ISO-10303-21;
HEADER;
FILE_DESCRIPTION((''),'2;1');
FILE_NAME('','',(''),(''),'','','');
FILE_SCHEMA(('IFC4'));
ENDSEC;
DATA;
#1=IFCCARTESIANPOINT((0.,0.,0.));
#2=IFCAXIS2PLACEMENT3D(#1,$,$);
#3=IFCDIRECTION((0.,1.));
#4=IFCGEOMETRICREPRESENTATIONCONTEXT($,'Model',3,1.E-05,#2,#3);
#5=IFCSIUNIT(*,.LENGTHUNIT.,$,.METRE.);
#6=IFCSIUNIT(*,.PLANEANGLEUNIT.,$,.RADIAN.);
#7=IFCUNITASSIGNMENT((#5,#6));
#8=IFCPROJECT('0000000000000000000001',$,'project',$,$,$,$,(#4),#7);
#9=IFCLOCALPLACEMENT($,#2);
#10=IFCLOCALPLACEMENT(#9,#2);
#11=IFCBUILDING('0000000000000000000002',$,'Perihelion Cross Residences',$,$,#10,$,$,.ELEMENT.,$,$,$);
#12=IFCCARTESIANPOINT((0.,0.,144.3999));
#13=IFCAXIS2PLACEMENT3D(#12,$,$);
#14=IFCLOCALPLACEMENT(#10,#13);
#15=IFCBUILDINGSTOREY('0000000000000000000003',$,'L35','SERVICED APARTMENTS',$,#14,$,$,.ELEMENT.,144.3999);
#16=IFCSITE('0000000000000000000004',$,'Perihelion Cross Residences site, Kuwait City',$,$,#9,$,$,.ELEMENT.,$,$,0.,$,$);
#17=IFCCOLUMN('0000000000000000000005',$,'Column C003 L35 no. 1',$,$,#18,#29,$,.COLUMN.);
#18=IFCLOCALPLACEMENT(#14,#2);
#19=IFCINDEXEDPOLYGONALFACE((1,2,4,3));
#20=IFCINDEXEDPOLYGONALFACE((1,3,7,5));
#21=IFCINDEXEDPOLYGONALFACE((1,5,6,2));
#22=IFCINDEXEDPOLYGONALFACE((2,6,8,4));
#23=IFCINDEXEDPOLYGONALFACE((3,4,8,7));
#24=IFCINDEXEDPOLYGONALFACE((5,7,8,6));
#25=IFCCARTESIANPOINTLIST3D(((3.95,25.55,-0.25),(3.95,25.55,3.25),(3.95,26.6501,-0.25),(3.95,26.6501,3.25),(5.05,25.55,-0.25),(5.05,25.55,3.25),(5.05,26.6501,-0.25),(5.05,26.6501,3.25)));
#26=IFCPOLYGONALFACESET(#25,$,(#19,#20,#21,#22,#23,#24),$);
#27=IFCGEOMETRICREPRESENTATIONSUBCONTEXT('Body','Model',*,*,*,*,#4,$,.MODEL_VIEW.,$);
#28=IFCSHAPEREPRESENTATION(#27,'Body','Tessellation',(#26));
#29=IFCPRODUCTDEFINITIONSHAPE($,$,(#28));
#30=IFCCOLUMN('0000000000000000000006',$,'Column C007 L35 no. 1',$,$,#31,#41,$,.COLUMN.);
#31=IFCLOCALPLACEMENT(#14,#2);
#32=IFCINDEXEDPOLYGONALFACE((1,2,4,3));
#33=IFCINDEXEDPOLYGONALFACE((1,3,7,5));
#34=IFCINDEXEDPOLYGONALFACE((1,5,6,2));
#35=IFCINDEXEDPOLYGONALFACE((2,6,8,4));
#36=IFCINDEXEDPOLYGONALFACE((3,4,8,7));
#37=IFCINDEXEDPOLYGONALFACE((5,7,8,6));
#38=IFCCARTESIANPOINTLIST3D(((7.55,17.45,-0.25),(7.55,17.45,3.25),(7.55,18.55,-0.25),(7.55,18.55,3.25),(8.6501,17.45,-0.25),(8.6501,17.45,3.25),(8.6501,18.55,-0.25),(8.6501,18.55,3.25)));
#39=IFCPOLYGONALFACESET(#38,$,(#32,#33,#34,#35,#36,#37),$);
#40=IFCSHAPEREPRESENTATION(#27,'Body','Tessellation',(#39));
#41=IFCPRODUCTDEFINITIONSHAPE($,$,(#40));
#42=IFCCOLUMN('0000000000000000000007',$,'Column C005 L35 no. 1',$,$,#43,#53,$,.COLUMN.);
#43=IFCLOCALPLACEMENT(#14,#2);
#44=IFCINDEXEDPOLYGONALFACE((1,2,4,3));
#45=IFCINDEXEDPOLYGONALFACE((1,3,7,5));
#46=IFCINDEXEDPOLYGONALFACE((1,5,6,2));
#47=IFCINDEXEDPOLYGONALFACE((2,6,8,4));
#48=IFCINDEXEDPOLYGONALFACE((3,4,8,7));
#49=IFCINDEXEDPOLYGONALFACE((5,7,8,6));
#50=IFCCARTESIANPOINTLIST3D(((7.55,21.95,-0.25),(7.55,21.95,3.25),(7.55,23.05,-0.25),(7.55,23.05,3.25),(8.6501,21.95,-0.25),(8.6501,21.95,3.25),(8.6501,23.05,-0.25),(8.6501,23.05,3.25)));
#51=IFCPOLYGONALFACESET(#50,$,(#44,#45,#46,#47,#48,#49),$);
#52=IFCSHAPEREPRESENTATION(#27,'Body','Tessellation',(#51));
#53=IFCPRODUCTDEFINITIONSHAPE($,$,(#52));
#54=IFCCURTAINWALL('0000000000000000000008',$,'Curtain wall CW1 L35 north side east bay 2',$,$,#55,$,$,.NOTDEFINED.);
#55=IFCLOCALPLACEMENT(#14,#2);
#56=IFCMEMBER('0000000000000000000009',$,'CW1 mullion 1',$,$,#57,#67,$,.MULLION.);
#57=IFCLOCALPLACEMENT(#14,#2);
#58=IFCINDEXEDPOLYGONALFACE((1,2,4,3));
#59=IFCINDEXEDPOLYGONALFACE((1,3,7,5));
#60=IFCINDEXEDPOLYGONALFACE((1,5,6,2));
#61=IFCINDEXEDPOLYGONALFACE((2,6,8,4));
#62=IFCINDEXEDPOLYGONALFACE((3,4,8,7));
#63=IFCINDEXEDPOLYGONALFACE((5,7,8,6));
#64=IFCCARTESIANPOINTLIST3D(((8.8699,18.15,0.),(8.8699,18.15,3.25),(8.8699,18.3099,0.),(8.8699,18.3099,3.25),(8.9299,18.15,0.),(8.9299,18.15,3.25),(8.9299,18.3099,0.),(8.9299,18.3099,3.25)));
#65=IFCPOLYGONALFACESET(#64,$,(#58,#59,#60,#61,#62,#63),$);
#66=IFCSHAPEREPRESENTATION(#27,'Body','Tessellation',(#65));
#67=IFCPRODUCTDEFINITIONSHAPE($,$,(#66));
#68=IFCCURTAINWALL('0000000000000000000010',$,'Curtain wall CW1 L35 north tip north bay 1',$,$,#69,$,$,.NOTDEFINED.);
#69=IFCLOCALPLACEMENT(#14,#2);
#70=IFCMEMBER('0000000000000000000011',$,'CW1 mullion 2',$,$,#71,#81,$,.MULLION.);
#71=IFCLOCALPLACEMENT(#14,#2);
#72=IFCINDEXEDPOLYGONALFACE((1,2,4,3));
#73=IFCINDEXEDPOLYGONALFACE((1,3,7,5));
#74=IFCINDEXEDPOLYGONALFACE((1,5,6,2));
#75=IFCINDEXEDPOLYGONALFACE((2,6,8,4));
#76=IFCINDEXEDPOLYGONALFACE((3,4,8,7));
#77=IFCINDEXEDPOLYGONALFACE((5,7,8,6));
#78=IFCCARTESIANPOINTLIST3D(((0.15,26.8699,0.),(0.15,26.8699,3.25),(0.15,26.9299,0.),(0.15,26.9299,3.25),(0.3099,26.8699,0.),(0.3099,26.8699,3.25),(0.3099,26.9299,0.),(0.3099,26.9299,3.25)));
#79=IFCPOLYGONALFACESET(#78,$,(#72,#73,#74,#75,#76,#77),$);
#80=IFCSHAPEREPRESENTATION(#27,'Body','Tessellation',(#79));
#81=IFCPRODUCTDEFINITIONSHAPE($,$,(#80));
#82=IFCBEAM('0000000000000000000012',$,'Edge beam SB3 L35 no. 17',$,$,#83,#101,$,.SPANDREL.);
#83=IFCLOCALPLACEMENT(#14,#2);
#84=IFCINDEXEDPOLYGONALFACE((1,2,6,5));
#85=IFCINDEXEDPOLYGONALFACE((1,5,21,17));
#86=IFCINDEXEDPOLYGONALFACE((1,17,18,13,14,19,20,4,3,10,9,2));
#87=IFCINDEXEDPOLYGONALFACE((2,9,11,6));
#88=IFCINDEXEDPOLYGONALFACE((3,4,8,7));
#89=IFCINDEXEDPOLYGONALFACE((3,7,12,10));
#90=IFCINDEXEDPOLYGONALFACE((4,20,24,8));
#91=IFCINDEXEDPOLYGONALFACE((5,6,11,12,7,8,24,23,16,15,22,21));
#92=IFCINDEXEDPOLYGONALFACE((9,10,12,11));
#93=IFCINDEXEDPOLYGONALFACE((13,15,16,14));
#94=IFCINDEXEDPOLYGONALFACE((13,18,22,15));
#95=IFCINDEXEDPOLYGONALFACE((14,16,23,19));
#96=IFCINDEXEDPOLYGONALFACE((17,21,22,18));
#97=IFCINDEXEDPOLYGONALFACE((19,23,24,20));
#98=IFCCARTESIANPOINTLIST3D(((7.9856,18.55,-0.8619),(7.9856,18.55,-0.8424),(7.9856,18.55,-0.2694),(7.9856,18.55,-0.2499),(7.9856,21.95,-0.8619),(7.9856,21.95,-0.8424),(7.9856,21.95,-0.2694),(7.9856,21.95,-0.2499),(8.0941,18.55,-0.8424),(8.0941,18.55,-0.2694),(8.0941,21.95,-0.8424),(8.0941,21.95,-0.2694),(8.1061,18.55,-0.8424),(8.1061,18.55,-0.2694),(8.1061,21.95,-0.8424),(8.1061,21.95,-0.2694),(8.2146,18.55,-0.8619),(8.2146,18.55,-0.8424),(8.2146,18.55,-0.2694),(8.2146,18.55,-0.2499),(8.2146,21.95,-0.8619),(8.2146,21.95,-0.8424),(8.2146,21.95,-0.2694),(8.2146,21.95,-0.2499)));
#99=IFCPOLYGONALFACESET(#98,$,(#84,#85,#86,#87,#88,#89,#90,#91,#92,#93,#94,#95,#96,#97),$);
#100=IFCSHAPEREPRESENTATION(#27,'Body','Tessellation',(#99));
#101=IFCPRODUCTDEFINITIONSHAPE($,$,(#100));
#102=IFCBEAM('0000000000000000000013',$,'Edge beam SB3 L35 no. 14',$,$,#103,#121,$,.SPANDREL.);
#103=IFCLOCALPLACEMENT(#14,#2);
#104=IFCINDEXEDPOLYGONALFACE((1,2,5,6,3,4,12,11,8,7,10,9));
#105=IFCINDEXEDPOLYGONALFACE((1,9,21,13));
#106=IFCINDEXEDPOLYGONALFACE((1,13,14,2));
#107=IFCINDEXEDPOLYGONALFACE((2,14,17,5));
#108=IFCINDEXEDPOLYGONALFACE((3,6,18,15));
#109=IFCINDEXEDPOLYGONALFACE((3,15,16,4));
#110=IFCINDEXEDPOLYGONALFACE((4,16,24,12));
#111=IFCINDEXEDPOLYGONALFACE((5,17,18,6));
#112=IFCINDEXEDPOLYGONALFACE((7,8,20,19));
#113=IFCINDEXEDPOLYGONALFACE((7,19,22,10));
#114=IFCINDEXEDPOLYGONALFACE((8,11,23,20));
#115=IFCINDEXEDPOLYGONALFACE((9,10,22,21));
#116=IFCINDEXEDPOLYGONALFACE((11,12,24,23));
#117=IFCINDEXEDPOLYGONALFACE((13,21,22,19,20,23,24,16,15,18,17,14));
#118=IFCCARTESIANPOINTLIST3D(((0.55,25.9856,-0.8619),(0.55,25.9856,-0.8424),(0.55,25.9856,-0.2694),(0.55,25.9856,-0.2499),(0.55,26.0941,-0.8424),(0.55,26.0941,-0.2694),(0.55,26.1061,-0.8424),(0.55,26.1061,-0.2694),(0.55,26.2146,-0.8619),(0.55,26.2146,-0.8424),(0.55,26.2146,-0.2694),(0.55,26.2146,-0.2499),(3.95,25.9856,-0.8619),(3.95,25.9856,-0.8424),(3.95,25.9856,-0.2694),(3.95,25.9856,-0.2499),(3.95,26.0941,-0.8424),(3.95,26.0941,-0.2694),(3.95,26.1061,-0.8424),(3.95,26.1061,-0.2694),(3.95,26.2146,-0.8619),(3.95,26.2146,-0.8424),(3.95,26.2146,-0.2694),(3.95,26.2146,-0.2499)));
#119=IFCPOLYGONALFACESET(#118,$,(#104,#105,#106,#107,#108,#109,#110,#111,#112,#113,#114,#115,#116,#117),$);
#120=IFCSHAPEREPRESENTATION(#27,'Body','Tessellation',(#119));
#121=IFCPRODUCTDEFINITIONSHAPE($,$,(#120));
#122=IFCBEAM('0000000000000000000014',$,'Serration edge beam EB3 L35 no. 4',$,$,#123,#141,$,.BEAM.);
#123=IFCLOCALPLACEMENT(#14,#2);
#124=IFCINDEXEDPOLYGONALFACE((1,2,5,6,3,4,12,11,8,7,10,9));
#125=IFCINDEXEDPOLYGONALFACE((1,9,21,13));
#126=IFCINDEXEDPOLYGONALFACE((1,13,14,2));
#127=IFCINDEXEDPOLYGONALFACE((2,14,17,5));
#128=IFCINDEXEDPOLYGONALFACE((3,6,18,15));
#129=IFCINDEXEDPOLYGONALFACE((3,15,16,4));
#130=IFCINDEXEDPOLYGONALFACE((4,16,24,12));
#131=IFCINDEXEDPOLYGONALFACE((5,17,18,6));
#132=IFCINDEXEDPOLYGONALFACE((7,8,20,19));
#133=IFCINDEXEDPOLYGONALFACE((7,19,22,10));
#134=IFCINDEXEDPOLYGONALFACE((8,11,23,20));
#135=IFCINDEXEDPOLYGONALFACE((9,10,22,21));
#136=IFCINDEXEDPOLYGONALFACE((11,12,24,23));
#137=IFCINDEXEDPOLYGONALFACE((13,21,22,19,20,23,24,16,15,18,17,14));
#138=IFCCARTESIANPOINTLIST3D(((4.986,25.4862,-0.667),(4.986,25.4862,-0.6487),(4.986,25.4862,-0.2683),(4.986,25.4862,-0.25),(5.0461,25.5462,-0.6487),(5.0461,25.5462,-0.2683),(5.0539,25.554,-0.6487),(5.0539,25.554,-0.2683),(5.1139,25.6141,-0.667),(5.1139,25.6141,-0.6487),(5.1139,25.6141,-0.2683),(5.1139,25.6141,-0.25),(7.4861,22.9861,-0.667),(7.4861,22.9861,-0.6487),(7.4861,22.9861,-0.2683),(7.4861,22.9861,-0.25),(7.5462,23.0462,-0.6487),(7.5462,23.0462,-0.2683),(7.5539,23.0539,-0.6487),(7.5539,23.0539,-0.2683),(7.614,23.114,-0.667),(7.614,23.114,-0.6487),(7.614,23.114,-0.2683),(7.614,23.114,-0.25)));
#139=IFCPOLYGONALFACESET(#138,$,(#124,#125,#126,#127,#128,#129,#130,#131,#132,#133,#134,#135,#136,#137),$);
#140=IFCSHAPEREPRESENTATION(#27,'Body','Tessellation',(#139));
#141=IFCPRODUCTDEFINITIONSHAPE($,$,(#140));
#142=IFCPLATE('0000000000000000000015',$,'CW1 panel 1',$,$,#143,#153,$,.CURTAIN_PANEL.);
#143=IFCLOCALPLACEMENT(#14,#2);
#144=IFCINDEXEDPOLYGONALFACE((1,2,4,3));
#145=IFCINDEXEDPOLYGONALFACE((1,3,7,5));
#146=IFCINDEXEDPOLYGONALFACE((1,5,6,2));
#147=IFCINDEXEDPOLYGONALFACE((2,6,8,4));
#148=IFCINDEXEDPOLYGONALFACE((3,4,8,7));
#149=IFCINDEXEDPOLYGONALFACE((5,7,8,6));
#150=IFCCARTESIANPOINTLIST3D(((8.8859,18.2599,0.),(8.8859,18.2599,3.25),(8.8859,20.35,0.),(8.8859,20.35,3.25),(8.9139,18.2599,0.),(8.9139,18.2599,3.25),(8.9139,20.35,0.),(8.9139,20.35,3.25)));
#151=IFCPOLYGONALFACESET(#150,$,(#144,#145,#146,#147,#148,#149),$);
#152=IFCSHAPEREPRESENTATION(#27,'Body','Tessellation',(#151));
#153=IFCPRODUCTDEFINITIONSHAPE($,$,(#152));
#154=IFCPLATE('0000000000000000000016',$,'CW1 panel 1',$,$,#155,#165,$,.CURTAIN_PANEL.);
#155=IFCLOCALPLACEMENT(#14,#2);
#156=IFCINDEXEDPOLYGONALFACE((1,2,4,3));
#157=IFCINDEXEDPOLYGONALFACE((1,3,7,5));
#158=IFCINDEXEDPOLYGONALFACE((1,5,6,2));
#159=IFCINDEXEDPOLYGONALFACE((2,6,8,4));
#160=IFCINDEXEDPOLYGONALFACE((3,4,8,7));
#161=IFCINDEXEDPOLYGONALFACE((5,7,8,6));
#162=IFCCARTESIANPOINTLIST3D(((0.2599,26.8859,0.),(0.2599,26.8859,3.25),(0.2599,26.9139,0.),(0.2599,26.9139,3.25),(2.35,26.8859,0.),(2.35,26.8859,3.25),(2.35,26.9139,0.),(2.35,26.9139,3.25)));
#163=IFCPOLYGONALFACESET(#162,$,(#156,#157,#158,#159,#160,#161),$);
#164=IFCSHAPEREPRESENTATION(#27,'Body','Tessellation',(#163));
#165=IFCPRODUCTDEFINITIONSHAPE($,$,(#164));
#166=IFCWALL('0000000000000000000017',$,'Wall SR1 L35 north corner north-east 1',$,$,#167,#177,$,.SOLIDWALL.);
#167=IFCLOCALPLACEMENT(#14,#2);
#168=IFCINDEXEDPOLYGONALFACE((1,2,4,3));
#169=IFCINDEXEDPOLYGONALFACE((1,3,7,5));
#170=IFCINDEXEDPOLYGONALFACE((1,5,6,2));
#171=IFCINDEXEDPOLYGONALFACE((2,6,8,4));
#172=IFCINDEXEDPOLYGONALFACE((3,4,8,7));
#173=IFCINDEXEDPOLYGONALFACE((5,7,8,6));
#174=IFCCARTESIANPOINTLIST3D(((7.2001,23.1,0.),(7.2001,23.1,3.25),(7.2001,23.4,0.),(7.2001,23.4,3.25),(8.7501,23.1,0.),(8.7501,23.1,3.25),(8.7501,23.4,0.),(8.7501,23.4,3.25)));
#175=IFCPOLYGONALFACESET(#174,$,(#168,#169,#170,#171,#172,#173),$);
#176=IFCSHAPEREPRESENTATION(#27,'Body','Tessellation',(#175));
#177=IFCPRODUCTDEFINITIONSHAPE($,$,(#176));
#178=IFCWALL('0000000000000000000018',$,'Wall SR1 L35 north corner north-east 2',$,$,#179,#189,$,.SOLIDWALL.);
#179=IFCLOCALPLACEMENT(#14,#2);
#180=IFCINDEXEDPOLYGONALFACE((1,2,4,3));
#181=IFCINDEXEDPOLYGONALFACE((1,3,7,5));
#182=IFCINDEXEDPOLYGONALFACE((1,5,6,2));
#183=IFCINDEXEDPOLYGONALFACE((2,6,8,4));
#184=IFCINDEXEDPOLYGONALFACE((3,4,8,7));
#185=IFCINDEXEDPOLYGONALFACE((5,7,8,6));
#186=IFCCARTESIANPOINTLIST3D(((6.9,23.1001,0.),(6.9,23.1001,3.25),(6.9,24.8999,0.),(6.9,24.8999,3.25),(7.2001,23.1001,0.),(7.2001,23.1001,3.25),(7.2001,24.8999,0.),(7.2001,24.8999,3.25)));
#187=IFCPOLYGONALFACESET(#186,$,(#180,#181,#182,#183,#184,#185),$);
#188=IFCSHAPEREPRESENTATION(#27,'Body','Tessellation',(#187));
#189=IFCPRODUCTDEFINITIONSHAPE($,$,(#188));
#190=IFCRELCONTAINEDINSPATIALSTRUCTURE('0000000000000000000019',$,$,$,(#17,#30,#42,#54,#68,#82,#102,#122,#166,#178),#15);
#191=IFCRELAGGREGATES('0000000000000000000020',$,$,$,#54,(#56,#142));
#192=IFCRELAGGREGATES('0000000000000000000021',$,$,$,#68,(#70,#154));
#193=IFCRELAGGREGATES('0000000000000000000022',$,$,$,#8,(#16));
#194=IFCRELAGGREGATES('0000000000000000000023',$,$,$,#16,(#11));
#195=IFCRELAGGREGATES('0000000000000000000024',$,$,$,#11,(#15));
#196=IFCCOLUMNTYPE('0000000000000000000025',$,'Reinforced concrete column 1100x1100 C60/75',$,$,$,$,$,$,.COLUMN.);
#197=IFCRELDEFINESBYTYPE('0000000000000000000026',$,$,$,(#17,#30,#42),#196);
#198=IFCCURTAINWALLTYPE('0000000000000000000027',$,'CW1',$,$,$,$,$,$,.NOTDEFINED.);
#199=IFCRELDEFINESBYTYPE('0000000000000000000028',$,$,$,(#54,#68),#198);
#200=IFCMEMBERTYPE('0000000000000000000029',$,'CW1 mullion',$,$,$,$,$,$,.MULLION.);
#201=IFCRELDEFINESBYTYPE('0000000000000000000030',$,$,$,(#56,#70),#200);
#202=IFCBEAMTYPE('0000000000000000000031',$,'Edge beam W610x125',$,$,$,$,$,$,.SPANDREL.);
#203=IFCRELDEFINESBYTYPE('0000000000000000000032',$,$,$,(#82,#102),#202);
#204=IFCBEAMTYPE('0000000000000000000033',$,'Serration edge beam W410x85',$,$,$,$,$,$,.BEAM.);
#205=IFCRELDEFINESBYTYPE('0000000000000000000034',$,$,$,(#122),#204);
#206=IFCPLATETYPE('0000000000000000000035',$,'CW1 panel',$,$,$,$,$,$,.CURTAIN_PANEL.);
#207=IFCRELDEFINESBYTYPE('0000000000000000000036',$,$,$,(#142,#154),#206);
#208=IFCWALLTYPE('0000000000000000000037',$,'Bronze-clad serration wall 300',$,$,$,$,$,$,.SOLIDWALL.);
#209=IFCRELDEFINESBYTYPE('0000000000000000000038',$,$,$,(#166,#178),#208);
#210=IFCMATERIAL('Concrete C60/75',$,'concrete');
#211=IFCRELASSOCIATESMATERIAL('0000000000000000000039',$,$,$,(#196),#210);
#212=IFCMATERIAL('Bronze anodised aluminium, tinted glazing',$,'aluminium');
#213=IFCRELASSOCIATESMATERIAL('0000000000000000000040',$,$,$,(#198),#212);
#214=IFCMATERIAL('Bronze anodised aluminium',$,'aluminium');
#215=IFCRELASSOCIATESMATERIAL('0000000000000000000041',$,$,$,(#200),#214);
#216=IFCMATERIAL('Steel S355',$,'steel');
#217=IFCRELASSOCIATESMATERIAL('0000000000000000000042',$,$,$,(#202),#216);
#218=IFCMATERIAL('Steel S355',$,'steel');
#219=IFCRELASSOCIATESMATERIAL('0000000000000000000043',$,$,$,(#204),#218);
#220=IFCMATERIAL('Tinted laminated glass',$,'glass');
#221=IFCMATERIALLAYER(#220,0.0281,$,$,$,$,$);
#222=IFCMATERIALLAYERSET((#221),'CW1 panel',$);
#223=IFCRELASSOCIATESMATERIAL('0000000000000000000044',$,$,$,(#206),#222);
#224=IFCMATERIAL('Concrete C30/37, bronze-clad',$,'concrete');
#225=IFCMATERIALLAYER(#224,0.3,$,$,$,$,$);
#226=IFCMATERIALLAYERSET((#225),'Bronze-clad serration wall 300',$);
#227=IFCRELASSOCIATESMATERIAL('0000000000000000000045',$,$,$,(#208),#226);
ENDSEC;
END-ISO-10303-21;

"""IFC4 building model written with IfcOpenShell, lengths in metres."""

from ifc_helpers import new_model, si_unit, direction, frame, frame_2d, origin, origin_2d, place, context, subcontext, project, spatial, rectangle, i_section, extrude, material, layer, layer_set, material_profile, profile_set, type_object, element, aggregate, save


model = new_model("IFC4")

# Units and contexts
model_context = context("Model", 3, precision=1e-05, world=origin(), true_north=direction((0.0, 1.0)))
body_context = subcontext(model_context, "Body", "Model", "MODEL_VIEW")
ifc_project = project(units=[si_unit("LENGTHUNIT", "METRE"), si_unit("PLANEANGLEUNIT", "RADIAN")], contexts=[model_context])

# Site, building, storey
site_placement = place(None, origin())
site = spatial("IfcSite", under=ifc_project, at=site_placement, Name="Perihelion Cross Residences site, Kuwait City", CompositionType="ELEMENT", RefElevation=0.0)
building_placement = place(site_placement, origin())
building = spatial("IfcBuilding", under=site, at=building_placement, Name="Perihelion Cross Residences", CompositionType="ELEMENT")
storey_placement = place(building_placement, frame((0.0, 0.0, 144.3999)))
storey = spatial("IfcBuildingStorey", under=building, at=storey_placement, Name="L35", Description="SERVICED APARTMENTS", CompositionType="ELEMENT", Elevation=144.3999)

# Columns
ifc_material_1 = material(Name="Concrete C60/75", Category="concrete")
ifc_material_profile_1 = material_profile(ifc_material_1, rectangle(XDim=1.1001, YDim=1.1001, at=origin_2d()), Name="RC 1100x1100")
ifc_profile_set_1 = profile_set([ifc_material_profile_1], Name="Concrete C60/75")
column_type = type_object("IfcColumnType", Name="Reinforced concrete column 1100x1100 C60/75", PredefinedType="COLUMN", material=ifc_profile_set_1)
for number, where, z_axis, x_axis, name in (
    (1, (4.5, 26.1001, -0.25), (0.0, 0.0, 1.0), (1.0, 0.0, 0.0), "Column C003 L35 no. 1"),
    (2, (8.1001, 18.0, -0.25), (0.0, 0.0, 1.0), (1.0, 0.0, 0.0), "Column C007 L35 no. 1"),
    (3, (8.1001, 22.5, -0.25), (0.0, 0.0, 1.0), (1.0, 0.0, 0.0), "Column C005 L35 no. 1"),
):
    element("IfcColumn", number, at=place(storey_placement, frame(where, z_axis=z_axis, x_axis=x_axis)), inside=storey, type_object=column_type, Name=name, PredefinedType="COLUMN", context=body_context, shape_type="SweptSolid", body=[
        extrude(rectangle(XDim=1.1001, YDim=1.1001, at=origin_2d()), origin(), (0.0, 0.0, 1.0), 3.5),
    ])

# Curtain walls, members
ifc_material_2 = material(Name="Bronze anodised aluminium, tinted glazing", Category="aluminium")
curtain_wall_type = type_object("IfcCurtainWallType", Name="CW1", PredefinedType="NOTDEFINED", material=ifc_material_2)
curtain_wall_1_placement = place(storey_placement, origin())
curtain_wall_1 = element("IfcCurtainWall", 4, at=curtain_wall_1_placement, inside=storey, type_object=curtain_wall_type, Name="Curtain wall CW1 L35 north side east bay 2", PredefinedType="NOTDEFINED")
ifc_material_3 = material(Name="Bronze anodised aluminium", Category="aluminium")
ifc_material_profile_2 = material_profile(ifc_material_3, rectangle(XDim=0.0601, YDim=0.1599, at=origin_2d()), Name="CW1 mullion")
ifc_profile_set_2 = profile_set([ifc_material_profile_2], Name="Bronze anodised aluminium")
member_type = type_object("IfcMemberType", Name="CW1 mullion", PredefinedType="MULLION", material=ifc_profile_set_2)
member_1_placement = place(storey_placement, frame((8.8999, 18.23, 0.0), z_axis=(0.0, 0.0, 1.0), x_axis=(-1.0, 0.0, 0.0)))
member_1 = element("IfcMember", 5, at=member_1_placement, type_object=member_type, Name="CW1 mullion 1", PredefinedType="MULLION", context=body_context, shape_type="SweptSolid", body=[
    extrude(rectangle(XDim=0.0601, YDim=0.1599, at=origin_2d()), origin(), (0.0, 0.0, 1.0), 3.25),
])
curtain_wall_2_placement = place(storey_placement, origin())
curtain_wall_2 = element("IfcCurtainWall", 6, at=curtain_wall_2_placement, inside=storey, type_object=curtain_wall_type, Name="Curtain wall CW1 L35 north tip north bay 1", PredefinedType="NOTDEFINED")
member_2_placement = place(storey_placement, frame((0.23, 26.8999, 0.0), z_axis=(0.0, 0.0, 1.0), x_axis=(0.0, -1.0, 0.0)))
member_2 = element("IfcMember", 7, at=member_2_placement, type_object=member_type, Name="CW1 mullion 2", PredefinedType="MULLION", context=body_context, shape_type="SweptSolid", body=[
    extrude(rectangle(XDim=0.0601, YDim=0.1599, at=origin_2d()), origin(), (0.0, 0.0, 1.0), 3.25),
])

# Beams
ifc_material_4 = material(Name="Steel S355", Category="steel")
ifc_material_profile_3 = material_profile(ifc_material_4, i_section(OverallWidth=0.229, OverallDepth=0.6121, WebThickness=0.012, FlangeThickness=0.0195, at=origin_2d()), Name="W610x125")
ifc_profile_set_3 = profile_set([ifc_material_profile_3], Name="Steel S355")
beam_type_1 = type_object("IfcBeamType", Name="Edge beam W610x125", PredefinedType="SPANDREL", material=ifc_profile_set_3)
for number, where, z_axis, x_axis, name in (
    (8, (8.1001, 18.55, -0.5559), (0.0, 1.0, 0.0), (-1.0, 0.0, 0.0), "Edge beam SB3 L35 no. 17"),
    (9, (3.95, 26.1001, -0.5559), (-1.0, 0.0, 0.0), (0.0, -1.0, 0.0), "Edge beam SB3 L35 no. 14"),
):
    element("IfcBeam", number, at=place(storey_placement, frame(where, z_axis=z_axis, x_axis=x_axis)), inside=storey, type_object=beam_type_1, Name=name, PredefinedType="SPANDREL", context=body_context, shape_type="SweptSolid", body=[
        extrude(i_section(OverallWidth=0.229, OverallDepth=0.6121, WebThickness=0.012, FlangeThickness=0.0195, at=origin_2d()), origin(), (0.0, 0.0, 1.0), 3.3999),
    ])
ifc_material_5 = material(Name="Steel S355", Category="steel")
ifc_material_profile_4 = material_profile(ifc_material_5, i_section(OverallWidth=0.1809, OverallDepth=0.417, WebThickness=0.011, FlangeThickness=0.0183, at=origin_2d()), Name="W410x85")
ifc_profile_set_4 = profile_set([ifc_material_profile_4], Name="Steel S355")
beam_type_2 = type_object("IfcBeamType", Name="Serration edge beam W410x85", PredefinedType="BEAM", material=ifc_profile_set_4)
beam_placement = place(storey_placement, frame((7.55, 23.05, -0.4585), z_axis=(-0.707107, 0.707107, 0.0), x_axis=(-0.707107, -0.707107, 0.0)))
element("IfcBeam", 10, at=beam_placement, inside=storey, type_object=beam_type_2, Name="Serration edge beam EB3 L35 no. 4", PredefinedType="BEAM", context=body_context, shape_type="SweptSolid", body=[
    extrude(i_section(OverallWidth=0.1809, OverallDepth=0.417, WebThickness=0.011, FlangeThickness=0.0183, at=origin_2d()), origin(), (0.0, 0.0, 1.0), 3.5356),
])

# Plates
ifc_material_6 = material(Name="Tinted laminated glass", Category="glass")
ifc_layer_1 = layer(ifc_material_6, 0.0281)
ifc_layer_set_1 = layer_set([ifc_layer_1], Name="CW1 panel")
plate_type = type_object("IfcPlateType", Name="CW1 panel", PredefinedType="CURTAIN_PANEL", material=ifc_layer_set_1)
plate_1_placement = place(storey_placement, frame((8.8999, 19.3049, 0.0), z_axis=(0.0, 0.0, 1.0), x_axis=(0.0, 1.0, 0.0)))
plate_1 = element("IfcPlate", 11, at=plate_1_placement, type_object=plate_type, Name="CW1 panel 1", PredefinedType="CURTAIN_PANEL", context=body_context, shape_type="SweptSolid", body=[
    extrude(rectangle(XDim=2.0901, YDim=0.0281, at=origin_2d()), origin(), (0.0, 0.0, 1.0), 3.25),
])
aggregate(curtain_wall_1, [member_1, plate_1])
plate_2_placement = place(storey_placement, frame((1.3049, 26.8999, 0.0), z_axis=(0.0, 0.0, 1.0), x_axis=(-1.0, 0.0, 0.0)))
plate_2 = element("IfcPlate", 12, at=plate_2_placement, type_object=plate_type, Name="CW1 panel 1", PredefinedType="CURTAIN_PANEL", context=body_context, shape_type="SweptSolid", body=[
    extrude(rectangle(XDim=2.0901, YDim=0.0281, at=origin_2d()), origin(), (0.0, 0.0, 1.0), 3.25),
])
aggregate(curtain_wall_2, [member_2, plate_2])

# Walls
ifc_material_7 = material(Name="Concrete C30/37, bronze-clad", Category="concrete")
ifc_layer_2 = layer(ifc_material_7, 0.3)
ifc_layer_set_2 = layer_set([ifc_layer_2], Name="Bronze-clad serration wall 300")
wall_type_1 = type_object("IfcWallType", Name="Bronze-clad serration wall 300", PredefinedType="SOLIDWALL", material=ifc_layer_set_2)
wall_1_placement = place(storey_placement, frame((8.75, 23.25, 0.0), z_axis=(0.0, 0.0, 1.0), x_axis=(-1.0, 0.0, 0.0)))
element("IfcWall", 13, at=wall_1_placement, inside=storey, type_object=wall_type_1, Name="Wall SR1 L35 north corner north-east 1", PredefinedType="SOLIDWALL", context=body_context, shape_type="SweptSolid", body=[
    extrude(rectangle(XDim=1.55, YDim=0.3, at=frame_2d((0.7749, 0.0))), origin(), (0.0, 0.0, 1.0), 3.25),
])
wall_2_placement = place(storey_placement, frame((7.05, 23.1001, 0.0), z_axis=(0.0, 0.0, 1.0), x_axis=(0.0, 1.0, 0.0)))
element("IfcWall", 14, at=wall_2_placement, inside=storey, type_object=wall_type_1, Name="Wall SR1 L35 north corner north-east 2", PredefinedType="SOLIDWALL", context=body_context, shape_type="SweptSolid", body=[
    extrude(rectangle(XDim=1.7998, YDim=0.3, at=frame_2d((0.8999, 0.0))), origin(), (0.0, 0.0, 1.0), 3.25),
])

save(model, "model.ifc")
